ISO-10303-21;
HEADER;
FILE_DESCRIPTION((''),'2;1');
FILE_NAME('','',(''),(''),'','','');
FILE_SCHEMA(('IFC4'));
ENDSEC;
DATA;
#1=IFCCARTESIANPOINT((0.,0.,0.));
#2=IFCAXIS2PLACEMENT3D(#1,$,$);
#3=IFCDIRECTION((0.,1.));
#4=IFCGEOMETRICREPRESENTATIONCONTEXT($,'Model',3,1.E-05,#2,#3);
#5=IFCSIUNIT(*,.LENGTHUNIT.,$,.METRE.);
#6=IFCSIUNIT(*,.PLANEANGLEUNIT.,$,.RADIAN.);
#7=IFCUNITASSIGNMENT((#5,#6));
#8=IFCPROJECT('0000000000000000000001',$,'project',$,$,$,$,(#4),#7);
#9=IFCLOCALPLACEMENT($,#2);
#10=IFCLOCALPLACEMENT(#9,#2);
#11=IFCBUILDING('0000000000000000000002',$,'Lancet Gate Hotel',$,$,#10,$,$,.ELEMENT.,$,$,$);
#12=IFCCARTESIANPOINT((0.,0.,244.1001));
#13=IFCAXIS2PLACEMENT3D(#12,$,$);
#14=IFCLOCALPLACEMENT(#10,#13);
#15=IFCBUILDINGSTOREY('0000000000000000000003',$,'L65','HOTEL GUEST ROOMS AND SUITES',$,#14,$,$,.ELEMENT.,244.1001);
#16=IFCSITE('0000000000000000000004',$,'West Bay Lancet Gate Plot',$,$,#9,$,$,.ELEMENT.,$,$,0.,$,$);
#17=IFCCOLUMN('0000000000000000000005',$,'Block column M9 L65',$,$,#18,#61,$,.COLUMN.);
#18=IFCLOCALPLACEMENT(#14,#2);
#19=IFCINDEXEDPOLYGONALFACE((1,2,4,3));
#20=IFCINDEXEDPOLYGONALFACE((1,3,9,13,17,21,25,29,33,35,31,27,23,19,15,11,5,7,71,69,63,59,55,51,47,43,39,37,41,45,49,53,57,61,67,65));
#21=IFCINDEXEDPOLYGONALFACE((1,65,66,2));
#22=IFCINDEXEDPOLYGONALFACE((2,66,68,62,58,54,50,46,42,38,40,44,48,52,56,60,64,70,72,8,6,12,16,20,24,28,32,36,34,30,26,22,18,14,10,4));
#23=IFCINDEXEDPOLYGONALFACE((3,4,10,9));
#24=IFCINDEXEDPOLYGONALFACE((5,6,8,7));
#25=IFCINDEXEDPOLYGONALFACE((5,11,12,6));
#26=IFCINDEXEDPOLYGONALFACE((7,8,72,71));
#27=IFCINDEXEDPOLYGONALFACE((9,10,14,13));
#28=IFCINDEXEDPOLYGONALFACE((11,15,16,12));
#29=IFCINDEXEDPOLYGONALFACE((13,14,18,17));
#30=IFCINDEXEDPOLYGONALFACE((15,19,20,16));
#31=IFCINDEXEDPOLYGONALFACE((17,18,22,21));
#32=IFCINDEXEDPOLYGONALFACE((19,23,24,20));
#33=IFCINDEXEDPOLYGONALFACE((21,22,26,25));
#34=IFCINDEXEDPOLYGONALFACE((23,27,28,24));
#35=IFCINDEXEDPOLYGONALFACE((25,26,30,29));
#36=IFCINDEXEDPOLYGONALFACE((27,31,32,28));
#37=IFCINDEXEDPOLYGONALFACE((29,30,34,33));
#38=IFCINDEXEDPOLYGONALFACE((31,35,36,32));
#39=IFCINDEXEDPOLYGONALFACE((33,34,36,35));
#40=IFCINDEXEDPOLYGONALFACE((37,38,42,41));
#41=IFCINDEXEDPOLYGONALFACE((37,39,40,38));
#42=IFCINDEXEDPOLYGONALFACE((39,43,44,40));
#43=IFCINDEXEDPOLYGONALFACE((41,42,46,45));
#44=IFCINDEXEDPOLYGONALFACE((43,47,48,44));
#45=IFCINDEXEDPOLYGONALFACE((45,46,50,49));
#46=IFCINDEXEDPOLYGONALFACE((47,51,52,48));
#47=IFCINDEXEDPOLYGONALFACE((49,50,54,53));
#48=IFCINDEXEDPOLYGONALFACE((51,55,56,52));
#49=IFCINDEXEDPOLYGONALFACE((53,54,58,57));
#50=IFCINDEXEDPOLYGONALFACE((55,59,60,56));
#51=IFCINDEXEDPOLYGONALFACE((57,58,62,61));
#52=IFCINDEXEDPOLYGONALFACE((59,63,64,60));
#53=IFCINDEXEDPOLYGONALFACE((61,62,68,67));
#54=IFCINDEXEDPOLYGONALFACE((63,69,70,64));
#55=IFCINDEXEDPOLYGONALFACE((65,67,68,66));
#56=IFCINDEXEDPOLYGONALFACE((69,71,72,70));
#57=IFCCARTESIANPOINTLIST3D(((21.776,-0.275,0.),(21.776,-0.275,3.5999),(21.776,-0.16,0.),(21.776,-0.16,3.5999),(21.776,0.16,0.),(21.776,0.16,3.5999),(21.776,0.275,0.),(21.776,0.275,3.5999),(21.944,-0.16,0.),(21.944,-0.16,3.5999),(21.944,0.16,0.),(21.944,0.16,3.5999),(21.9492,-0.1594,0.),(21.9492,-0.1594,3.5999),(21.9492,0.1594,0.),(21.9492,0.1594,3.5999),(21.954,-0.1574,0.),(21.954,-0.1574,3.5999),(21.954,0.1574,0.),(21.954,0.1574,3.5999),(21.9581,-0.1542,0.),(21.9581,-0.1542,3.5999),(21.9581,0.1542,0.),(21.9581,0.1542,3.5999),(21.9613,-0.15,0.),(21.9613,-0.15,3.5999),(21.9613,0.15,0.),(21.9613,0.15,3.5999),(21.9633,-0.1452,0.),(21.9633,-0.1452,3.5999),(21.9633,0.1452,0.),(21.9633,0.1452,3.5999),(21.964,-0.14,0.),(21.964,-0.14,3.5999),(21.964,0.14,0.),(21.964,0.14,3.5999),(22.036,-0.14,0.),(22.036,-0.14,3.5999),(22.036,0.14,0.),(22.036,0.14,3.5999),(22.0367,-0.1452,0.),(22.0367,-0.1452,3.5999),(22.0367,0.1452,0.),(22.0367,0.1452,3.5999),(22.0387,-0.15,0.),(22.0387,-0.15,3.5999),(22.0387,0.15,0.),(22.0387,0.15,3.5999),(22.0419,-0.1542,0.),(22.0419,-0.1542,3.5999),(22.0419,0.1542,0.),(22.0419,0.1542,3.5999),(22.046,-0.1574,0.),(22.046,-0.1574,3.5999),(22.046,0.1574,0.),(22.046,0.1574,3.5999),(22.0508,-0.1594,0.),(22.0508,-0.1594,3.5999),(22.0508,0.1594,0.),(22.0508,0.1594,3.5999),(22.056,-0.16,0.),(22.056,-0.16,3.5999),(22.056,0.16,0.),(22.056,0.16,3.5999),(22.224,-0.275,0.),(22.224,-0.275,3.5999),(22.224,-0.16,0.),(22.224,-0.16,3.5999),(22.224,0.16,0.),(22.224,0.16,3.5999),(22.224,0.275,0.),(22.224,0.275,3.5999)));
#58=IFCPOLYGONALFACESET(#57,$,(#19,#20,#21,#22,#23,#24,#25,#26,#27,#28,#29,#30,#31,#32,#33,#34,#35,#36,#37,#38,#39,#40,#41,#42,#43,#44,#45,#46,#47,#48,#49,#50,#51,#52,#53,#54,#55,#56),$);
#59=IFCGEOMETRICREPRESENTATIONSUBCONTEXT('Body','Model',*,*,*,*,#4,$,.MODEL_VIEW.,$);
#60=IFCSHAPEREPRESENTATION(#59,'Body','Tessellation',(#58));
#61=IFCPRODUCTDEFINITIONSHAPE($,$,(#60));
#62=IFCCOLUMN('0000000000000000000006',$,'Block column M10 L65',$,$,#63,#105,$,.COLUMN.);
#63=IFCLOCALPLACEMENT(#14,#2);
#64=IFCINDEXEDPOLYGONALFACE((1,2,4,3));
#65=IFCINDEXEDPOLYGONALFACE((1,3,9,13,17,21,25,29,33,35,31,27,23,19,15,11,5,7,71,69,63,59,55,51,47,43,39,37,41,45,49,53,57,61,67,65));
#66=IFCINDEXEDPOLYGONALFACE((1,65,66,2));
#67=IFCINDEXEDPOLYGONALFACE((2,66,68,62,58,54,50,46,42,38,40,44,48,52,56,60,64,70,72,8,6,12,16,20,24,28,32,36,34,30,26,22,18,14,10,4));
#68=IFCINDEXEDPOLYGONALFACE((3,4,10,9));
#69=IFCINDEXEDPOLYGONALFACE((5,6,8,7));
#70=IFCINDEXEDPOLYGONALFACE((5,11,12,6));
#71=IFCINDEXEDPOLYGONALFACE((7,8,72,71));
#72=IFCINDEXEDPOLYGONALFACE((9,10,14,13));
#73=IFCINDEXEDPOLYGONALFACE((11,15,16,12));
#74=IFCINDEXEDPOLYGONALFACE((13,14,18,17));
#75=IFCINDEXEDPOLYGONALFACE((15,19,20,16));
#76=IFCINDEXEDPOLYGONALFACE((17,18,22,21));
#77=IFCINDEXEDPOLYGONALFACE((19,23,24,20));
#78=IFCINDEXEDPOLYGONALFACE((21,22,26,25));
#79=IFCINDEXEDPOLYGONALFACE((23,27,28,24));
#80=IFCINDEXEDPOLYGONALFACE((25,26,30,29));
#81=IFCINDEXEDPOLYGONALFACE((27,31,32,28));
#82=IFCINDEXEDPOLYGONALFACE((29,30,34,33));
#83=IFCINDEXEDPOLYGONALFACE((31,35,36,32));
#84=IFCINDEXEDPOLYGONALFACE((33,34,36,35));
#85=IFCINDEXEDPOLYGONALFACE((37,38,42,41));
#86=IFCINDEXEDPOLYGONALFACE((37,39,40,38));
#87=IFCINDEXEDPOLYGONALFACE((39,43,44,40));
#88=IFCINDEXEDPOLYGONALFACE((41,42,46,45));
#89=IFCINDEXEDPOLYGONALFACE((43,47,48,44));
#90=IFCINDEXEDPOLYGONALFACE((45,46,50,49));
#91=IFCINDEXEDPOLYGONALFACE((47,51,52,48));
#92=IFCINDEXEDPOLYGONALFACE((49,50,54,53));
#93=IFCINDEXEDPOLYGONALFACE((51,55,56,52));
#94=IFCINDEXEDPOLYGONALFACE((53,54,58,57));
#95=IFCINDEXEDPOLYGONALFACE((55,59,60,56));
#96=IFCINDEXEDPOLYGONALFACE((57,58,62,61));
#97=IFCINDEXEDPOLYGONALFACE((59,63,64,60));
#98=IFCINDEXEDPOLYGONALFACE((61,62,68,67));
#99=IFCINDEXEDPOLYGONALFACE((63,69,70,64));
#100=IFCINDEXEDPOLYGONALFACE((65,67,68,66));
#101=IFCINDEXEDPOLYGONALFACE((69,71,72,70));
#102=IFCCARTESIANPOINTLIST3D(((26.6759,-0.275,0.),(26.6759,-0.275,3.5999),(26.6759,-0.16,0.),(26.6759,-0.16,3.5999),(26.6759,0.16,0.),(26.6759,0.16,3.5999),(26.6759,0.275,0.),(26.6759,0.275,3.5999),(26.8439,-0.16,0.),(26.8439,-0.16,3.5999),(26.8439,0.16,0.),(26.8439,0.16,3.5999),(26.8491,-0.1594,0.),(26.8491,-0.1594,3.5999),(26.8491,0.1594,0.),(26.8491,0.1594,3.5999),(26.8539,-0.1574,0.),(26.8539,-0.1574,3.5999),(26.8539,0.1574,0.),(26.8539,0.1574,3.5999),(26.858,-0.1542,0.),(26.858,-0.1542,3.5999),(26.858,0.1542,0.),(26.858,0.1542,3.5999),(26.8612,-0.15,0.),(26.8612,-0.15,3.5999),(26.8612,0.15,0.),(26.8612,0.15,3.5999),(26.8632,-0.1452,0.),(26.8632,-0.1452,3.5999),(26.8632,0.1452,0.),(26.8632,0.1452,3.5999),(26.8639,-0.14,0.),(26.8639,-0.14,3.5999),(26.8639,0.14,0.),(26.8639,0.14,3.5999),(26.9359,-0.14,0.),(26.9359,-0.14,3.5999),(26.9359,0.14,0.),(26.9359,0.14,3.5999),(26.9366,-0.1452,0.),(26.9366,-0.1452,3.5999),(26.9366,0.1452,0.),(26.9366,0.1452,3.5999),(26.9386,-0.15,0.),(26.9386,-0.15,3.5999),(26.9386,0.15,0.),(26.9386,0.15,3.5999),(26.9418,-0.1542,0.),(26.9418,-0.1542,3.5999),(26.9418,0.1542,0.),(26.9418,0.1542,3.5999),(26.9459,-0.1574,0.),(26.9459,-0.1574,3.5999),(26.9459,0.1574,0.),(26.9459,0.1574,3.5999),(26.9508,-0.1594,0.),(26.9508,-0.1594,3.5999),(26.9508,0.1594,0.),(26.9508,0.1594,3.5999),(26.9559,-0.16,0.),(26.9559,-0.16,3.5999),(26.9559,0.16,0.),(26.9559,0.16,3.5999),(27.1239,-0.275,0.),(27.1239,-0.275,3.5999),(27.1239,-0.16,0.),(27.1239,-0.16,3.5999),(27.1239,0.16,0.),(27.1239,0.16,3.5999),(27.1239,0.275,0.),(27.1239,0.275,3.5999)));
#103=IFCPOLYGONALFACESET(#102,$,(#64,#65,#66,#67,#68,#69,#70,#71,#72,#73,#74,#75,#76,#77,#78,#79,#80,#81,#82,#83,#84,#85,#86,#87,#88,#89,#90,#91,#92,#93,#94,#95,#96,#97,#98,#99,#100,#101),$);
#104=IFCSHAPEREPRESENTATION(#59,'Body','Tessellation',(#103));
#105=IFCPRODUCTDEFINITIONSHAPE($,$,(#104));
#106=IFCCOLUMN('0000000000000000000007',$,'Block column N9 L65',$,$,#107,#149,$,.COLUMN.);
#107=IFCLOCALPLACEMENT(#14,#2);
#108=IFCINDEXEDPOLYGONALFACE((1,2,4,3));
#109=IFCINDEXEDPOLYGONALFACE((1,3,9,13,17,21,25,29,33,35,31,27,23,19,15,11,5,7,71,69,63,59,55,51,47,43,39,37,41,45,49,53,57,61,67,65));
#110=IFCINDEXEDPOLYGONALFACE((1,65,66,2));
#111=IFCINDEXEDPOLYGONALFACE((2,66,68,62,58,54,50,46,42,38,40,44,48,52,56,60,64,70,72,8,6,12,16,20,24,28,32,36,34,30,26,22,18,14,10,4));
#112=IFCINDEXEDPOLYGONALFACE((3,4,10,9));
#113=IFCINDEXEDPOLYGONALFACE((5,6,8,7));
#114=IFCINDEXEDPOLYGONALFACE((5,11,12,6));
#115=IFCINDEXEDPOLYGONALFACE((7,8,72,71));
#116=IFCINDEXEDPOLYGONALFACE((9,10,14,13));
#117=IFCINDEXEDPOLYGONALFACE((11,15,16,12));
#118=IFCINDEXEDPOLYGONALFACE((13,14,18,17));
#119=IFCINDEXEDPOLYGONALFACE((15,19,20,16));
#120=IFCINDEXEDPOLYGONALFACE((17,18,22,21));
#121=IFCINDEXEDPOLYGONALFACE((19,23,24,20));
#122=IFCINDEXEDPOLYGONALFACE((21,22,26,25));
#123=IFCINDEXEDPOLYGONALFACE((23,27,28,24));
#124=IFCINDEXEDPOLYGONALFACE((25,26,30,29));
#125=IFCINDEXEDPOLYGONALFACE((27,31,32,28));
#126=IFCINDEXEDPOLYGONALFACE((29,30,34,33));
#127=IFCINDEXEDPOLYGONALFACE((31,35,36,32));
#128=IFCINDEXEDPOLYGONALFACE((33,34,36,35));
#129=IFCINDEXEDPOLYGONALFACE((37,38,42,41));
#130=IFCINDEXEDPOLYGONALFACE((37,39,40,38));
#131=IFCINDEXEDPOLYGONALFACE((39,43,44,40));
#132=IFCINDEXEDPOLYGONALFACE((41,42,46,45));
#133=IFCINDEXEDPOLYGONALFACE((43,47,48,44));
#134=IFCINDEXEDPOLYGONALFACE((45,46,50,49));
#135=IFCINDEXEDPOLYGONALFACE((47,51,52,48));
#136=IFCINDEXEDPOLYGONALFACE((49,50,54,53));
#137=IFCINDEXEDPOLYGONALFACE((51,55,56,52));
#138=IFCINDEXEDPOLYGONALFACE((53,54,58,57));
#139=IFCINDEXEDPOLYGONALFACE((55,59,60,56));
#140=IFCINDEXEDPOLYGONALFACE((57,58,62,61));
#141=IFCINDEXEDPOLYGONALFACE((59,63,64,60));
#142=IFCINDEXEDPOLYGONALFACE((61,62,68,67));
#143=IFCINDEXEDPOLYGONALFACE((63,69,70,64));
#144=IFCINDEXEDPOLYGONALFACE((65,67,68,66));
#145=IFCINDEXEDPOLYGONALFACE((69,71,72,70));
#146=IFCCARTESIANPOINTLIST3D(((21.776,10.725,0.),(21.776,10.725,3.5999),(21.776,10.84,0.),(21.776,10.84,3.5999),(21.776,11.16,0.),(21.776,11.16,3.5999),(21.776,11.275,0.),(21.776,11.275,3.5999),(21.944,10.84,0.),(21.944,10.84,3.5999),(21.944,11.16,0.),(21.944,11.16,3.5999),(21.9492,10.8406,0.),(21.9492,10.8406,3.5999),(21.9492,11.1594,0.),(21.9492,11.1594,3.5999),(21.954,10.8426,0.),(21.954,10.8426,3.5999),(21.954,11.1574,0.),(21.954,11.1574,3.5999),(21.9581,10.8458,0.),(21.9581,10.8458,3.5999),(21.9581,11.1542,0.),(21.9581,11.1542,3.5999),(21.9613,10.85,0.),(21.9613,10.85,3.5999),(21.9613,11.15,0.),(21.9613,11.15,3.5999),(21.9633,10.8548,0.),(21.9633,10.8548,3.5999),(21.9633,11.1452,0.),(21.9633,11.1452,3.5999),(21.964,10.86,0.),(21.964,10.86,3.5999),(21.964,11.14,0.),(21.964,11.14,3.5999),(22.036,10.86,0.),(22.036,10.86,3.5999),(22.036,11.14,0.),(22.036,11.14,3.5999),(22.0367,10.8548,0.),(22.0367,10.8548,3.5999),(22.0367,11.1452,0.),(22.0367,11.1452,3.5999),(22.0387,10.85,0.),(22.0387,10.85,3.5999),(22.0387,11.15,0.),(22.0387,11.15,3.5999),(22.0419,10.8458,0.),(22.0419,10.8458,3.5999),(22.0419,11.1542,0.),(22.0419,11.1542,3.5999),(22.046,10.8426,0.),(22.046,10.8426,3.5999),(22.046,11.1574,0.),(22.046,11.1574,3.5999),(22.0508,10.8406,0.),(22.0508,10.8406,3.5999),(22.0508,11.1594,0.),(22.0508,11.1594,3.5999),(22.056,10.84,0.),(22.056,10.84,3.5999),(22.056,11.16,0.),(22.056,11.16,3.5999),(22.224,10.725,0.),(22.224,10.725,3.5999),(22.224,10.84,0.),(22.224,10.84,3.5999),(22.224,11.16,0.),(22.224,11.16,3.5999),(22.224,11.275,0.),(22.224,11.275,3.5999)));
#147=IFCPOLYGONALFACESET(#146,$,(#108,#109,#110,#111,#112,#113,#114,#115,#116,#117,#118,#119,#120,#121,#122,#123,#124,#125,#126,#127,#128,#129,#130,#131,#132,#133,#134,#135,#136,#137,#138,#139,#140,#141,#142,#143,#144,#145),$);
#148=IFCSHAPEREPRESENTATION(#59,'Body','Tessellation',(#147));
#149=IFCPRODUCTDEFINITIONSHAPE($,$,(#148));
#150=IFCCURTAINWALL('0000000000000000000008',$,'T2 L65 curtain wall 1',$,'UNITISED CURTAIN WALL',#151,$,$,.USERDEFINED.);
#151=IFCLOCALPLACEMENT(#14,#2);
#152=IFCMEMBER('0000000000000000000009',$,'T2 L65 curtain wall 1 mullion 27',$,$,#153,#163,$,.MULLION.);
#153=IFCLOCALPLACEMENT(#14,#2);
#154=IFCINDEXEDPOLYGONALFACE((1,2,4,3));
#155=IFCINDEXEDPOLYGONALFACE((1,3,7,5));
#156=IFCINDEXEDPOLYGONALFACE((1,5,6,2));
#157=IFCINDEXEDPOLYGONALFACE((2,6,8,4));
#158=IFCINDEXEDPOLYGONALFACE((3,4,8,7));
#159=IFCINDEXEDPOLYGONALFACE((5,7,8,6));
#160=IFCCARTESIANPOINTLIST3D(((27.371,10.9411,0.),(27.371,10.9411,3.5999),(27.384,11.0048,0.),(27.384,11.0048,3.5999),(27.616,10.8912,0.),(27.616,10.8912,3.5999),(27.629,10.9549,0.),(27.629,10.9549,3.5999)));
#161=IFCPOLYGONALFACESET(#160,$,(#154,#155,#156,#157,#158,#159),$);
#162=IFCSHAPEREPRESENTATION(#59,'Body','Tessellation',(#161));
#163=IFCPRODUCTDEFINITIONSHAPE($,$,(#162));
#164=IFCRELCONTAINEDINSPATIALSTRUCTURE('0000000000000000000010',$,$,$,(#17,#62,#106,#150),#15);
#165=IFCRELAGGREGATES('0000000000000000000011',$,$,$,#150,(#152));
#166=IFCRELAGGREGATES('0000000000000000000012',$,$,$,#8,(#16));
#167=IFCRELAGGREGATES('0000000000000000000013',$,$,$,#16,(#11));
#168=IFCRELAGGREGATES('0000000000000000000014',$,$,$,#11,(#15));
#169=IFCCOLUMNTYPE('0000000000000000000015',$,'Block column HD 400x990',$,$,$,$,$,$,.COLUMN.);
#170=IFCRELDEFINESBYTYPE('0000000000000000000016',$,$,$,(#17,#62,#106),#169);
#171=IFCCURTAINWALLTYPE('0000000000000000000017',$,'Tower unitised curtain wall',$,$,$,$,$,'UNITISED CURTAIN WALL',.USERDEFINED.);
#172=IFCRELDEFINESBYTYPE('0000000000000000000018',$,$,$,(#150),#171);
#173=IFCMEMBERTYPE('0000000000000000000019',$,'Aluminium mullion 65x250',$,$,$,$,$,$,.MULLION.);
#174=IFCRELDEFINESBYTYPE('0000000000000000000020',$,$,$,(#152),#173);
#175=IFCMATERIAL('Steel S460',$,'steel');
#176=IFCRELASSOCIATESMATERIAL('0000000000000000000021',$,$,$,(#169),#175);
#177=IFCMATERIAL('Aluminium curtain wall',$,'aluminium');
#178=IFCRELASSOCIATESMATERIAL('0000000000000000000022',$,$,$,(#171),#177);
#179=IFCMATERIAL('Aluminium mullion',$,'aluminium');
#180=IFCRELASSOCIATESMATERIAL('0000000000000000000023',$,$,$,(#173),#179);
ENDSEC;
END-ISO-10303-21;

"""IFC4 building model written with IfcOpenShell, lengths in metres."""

from ifc_helpers import new_model, si_unit, direction, frame, origin, origin_2d, place, context, subcontext, project, spatial, rectangle, i_section, extrude, material, material_profile, profile_set, type_object, element, aggregate, save


model = new_model("IFC4")

# Units and contexts
model_context = context("Model", 3, precision=1e-05, world=origin(), true_north=direction((0.0, 1.0)))
body_context = subcontext(model_context, "Body", "Model", "MODEL_VIEW")
ifc_project = project(units=[si_unit("LENGTHUNIT", "METRE"), si_unit("PLANEANGLEUNIT", "RADIAN")], contexts=[model_context])

# Site, building, storey
site_placement = place(None, origin())
site = spatial("IfcSite", under=ifc_project, at=site_placement, Name="West Bay Lancet Gate Plot", CompositionType="ELEMENT", RefElevation=0.0)
building_placement = place(site_placement, origin())
building = spatial("IfcBuilding", under=site, at=building_placement, Name="Lancet Gate Hotel", CompositionType="ELEMENT")
storey_placement = place(building_placement, frame((0.0, 0.0, 244.1001)))
storey = spatial("IfcBuildingStorey", under=building, at=storey_placement, Name="L65", Description="HOTEL GUEST ROOMS AND SUITES", CompositionType="ELEMENT", Elevation=244.1001)

# Columns
ifc_material_1 = material(Name="Steel S460", Category="steel")
ifc_material_profile_1 = material_profile(ifc_material_1, i_section(OverallWidth=0.448, OverallDepth=0.55, WebThickness=0.072, FlangeThickness=0.115, FilletRadius=0.02, at=origin_2d()), Name="HD 400x990")
ifc_profile_set_1 = profile_set([ifc_material_profile_1], Name="Steel S460")
column_type = type_object("IfcColumnType", Name="Block column HD 400x990", PredefinedType="COLUMN", material=ifc_profile_set_1)
for number, where, z_axis, x_axis, name in (
    (1, (22.0, 0.0, 0.0), (0.0, 0.0, 1.0), (1.0, 0.0, 0.0), "Block column M9 L65"),
    (2, (26.8999, 0.0, 0.0), (0.0, 0.0, 1.0), (1.0, 0.0, 0.0), "Block column M10 L65"),
    (3, (22.0, 11.0, 0.0), (0.0, 0.0, 1.0), (1.0, 0.0, 0.0), "Block column N9 L65"),
):
    element("IfcColumn", number, at=place(storey_placement, frame(where, z_axis=z_axis, x_axis=x_axis)), inside=storey, type_object=column_type, Name=name, PredefinedType="COLUMN", context=body_context, shape_type="SweptSolid", body=[
        extrude(i_section(OverallWidth=0.448, OverallDepth=0.55, WebThickness=0.072, FlangeThickness=0.115, FilletRadius=0.02, at=origin_2d()), origin(), (0.0, 0.0, 1.0), 3.5999),
    ])

# Curtain wall, member
ifc_material_2 = material(Name="Aluminium curtain wall", Category="aluminium")
curtain_wall_type = type_object("IfcCurtainWallType", Name="Tower unitised curtain wall", ElementType="UNITISED CURTAIN WALL", PredefinedType="USERDEFINED", material=ifc_material_2)
curtain_wall_placement = place(storey_placement, origin())
curtain_wall = element("IfcCurtainWall", 4, at=curtain_wall_placement, inside=storey, type_object=curtain_wall_type, Name="T2 L65 curtain wall 1", ObjectType="UNITISED CURTAIN WALL", PredefinedType="USERDEFINED")
ifc_material_3 = material(Name="Aluminium mullion", Category="aluminium")
ifc_material_profile_2 = material_profile(ifc_material_3, rectangle(XDim=0.0649, YDim=0.25, at=origin_2d()), Name="MULLION 65x250")
ifc_profile_set_2 = profile_set([ifc_material_profile_2], Name="Aluminium mullion")
member_type_1 = type_object("IfcMemberType", Name="Aluminium mullion 65x250", PredefinedType="MULLION", material=ifc_profile_set_2)
member_1_placement = place(storey_placement, frame((27.5, 10.948, 0.0), z_axis=(0.0, 0.0, 1.0), x_axis=(-0.199533, -0.979891, 0.0)))
member_1 = element("IfcMember", 5, at=member_1_placement, type_object=member_type_1, Name="T2 L65 curtain wall 1 mullion 27", PredefinedType="MULLION", context=body_context, shape_type="SweptSolid", body=[
    extrude(rectangle(XDim=0.0649, YDim=0.25, at=origin_2d()), origin(), (0.0, 0.0, 1.0), 3.5999),
])
aggregate(curtain_wall, [member_1])

save(model, "model.ifc")
